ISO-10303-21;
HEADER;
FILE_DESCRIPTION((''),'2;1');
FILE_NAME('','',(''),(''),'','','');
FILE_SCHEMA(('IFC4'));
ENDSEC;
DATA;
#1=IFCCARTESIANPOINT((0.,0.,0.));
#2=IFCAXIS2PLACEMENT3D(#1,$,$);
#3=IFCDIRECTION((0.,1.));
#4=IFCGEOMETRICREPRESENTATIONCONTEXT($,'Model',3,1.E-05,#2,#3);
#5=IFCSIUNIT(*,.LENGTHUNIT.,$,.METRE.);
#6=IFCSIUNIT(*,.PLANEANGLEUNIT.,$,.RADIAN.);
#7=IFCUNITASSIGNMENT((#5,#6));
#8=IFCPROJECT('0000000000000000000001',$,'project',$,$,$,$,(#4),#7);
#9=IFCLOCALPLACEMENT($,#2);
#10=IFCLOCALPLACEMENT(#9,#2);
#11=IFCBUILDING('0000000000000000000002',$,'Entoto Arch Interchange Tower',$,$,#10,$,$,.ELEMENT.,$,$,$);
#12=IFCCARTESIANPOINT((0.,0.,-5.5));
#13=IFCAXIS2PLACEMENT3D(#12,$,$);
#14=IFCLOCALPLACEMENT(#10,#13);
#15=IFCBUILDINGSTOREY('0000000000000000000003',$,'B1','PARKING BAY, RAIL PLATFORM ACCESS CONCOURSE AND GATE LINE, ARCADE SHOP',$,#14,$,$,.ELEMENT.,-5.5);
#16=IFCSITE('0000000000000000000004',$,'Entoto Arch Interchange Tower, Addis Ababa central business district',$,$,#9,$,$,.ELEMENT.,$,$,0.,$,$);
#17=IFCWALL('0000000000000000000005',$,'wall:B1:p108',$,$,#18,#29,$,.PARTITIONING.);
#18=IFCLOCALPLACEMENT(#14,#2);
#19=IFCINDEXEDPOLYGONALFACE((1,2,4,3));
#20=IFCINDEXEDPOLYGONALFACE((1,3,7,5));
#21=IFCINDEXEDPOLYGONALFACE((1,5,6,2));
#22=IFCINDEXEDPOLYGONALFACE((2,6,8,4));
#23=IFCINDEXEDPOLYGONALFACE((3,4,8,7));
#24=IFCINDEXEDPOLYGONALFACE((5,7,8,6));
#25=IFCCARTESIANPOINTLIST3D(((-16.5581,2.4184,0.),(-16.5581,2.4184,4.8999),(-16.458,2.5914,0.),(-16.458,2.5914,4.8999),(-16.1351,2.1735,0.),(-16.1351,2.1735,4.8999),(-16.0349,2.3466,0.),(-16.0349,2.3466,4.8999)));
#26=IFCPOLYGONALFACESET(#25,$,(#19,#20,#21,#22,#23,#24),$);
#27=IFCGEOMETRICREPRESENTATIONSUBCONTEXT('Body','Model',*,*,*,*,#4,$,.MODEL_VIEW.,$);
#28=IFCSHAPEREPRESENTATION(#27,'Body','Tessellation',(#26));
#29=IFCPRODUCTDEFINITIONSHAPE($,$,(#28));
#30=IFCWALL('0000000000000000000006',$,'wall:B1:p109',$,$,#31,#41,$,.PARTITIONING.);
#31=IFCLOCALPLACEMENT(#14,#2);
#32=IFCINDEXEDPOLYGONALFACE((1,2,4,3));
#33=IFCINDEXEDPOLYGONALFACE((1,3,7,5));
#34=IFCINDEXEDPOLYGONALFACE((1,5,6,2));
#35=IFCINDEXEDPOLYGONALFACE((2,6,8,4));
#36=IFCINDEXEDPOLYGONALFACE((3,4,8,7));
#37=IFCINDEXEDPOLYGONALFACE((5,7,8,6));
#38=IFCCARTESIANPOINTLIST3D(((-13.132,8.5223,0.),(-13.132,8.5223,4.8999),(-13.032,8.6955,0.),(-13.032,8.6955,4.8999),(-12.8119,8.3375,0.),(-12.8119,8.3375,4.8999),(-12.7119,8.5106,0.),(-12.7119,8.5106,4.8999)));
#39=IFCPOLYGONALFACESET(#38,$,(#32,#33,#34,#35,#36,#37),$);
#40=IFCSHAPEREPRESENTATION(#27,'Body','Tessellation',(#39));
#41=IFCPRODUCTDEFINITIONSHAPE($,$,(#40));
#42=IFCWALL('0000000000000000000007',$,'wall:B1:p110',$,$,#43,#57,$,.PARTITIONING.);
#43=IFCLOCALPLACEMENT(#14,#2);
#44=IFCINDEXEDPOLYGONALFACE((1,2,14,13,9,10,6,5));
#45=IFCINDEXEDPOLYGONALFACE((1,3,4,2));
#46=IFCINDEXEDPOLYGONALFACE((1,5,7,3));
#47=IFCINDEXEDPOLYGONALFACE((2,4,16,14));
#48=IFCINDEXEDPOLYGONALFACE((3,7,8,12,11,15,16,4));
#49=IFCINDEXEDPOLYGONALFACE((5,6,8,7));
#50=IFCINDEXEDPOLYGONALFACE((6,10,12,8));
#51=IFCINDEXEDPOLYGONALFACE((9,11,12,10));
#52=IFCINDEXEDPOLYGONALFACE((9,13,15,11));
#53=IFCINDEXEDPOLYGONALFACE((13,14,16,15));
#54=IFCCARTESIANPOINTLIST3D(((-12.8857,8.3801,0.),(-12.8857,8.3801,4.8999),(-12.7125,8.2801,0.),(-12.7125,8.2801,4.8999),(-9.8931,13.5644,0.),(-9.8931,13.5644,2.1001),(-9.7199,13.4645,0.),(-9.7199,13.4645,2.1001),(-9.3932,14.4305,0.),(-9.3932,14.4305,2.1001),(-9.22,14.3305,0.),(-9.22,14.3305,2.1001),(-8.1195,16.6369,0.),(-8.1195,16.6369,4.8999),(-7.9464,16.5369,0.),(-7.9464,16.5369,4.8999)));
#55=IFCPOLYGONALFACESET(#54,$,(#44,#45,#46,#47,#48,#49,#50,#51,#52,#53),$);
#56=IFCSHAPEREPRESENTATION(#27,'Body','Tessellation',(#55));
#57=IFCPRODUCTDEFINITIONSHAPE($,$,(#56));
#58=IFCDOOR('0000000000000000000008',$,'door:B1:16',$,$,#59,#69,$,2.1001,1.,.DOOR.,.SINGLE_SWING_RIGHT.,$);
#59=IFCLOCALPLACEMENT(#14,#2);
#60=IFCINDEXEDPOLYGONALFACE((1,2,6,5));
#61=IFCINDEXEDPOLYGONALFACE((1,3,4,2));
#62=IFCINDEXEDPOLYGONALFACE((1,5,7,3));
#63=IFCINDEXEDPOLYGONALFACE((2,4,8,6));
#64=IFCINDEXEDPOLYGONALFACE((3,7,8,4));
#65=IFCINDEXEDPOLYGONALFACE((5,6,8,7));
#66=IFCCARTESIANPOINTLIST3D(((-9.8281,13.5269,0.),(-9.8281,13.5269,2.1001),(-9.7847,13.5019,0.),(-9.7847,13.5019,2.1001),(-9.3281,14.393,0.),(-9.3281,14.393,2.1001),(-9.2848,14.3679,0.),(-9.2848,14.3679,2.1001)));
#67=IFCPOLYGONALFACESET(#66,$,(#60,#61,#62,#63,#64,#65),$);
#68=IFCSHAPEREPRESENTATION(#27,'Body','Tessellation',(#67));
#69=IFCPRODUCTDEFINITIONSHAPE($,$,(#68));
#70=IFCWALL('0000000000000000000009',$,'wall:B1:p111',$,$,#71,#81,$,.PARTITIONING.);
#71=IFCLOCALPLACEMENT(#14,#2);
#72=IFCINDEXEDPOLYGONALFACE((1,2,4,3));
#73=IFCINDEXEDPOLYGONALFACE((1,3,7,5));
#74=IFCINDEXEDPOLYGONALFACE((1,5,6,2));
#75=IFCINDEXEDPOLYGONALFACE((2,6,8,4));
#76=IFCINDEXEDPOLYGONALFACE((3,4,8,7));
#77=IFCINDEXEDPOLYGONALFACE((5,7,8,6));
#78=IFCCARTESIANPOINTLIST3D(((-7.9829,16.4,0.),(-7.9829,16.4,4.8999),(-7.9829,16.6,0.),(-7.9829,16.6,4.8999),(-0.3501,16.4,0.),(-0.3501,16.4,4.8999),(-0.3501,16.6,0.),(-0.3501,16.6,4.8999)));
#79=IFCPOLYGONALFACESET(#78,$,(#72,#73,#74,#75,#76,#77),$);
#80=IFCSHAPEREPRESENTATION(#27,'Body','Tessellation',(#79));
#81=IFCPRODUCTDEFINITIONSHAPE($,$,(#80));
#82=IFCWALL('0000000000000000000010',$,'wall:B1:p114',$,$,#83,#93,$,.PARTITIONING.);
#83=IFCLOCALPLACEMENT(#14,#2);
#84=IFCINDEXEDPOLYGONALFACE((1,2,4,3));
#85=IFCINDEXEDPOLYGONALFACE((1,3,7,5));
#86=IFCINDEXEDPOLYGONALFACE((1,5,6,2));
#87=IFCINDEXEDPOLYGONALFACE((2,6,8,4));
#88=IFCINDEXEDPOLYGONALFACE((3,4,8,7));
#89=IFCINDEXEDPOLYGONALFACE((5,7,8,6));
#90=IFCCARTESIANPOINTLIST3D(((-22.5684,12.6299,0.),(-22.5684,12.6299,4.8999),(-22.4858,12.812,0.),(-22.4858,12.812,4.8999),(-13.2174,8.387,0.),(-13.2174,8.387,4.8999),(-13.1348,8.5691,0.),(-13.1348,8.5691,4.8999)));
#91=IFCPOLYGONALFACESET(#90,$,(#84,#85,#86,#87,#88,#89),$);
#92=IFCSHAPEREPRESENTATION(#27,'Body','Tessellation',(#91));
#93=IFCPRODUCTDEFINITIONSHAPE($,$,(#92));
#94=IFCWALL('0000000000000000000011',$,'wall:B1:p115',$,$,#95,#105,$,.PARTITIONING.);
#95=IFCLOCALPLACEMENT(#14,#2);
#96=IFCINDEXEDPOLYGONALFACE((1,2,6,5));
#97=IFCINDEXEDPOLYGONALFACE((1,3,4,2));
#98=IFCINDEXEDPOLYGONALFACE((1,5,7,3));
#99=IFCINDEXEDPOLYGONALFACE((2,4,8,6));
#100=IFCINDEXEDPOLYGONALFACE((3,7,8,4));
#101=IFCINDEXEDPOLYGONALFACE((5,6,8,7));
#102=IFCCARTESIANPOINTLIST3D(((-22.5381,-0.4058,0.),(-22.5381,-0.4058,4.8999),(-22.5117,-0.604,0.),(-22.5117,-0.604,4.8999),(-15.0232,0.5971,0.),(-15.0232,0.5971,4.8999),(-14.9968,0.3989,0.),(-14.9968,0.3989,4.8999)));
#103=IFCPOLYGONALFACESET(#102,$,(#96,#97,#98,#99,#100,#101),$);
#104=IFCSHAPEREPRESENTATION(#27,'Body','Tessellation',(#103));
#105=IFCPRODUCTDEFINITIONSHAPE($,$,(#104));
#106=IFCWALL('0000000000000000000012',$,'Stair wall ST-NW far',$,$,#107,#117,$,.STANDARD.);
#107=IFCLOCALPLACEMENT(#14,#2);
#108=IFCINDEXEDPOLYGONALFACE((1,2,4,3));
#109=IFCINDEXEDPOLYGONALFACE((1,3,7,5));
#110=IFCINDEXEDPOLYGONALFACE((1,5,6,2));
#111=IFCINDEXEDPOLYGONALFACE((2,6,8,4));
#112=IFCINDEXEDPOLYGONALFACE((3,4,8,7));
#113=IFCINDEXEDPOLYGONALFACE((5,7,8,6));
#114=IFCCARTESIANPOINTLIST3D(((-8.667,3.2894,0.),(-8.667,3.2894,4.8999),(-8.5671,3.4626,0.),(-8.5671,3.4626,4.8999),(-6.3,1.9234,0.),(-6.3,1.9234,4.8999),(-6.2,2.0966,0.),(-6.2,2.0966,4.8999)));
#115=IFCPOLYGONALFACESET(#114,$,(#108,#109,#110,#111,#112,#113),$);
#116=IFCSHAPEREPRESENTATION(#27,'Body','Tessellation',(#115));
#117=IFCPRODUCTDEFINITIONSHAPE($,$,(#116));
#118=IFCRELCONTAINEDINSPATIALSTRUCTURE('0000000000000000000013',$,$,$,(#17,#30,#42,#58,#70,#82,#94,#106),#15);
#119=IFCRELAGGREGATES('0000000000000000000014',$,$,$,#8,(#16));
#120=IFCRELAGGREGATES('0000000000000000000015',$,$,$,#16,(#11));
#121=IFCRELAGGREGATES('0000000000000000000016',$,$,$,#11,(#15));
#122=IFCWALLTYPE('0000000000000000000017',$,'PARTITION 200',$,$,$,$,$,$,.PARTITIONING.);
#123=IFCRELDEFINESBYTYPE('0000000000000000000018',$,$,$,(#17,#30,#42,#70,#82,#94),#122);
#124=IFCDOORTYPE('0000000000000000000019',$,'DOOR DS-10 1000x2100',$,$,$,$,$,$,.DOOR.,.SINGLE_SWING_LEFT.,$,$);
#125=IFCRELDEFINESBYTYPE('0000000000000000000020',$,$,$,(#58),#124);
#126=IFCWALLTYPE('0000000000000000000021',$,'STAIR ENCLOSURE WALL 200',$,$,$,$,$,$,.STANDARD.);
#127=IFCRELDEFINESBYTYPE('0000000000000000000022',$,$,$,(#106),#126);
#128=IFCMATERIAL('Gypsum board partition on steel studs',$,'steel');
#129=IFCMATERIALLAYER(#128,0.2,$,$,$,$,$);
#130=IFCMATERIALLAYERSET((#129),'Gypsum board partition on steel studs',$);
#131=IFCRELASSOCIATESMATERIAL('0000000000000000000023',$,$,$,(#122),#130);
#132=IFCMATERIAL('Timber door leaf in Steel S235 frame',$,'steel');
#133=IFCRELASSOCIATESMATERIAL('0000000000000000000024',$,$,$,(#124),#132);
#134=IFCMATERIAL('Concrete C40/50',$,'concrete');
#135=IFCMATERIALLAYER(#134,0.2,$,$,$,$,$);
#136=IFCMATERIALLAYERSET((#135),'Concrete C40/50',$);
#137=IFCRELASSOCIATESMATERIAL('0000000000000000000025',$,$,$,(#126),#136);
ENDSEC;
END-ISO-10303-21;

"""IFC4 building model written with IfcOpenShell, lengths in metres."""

from ifc_helpers import new_model, si_unit, direction, frame, frame_2d, origin, place, context, subcontext, project, spatial, rectangle, extrude, material, layer, layer_set, type_object, element, fill, save


model = new_model("IFC4")

# Units and contexts
model_context = context("Model", 3, precision=1e-05, world=origin(), true_north=direction((0.0, 1.0)))
body_context = subcontext(model_context, "Body", "Model", "MODEL_VIEW")
ifc_project = project(units=[si_unit("LENGTHUNIT", "METRE"), si_unit("PLANEANGLEUNIT", "RADIAN")], contexts=[model_context])

# Site, building, storey
site_placement = place(None, origin())
site = spatial("IfcSite", under=ifc_project, at=site_placement, Name="Entoto Arch Interchange Tower, Addis Ababa central business district", CompositionType="ELEMENT", RefElevation=0.0)
building_placement = place(site_placement, origin())
building = spatial("IfcBuilding", under=site, at=building_placement, Name="Entoto Arch Interchange Tower", CompositionType="ELEMENT")
storey_placement = place(building_placement, frame((0.0, 0.0, -5.5)))
storey = spatial("IfcBuildingStorey", under=building, at=storey_placement, Name="B1", Description="PARKING BAY, RAIL PLATFORM ACCESS CONCOURSE AND GATE LINE, ARCADE SHOP", CompositionType="ELEMENT", Elevation=-5.5)

# Shared definitions
ifc_material_1 = material(Name="Concrete C40/50", Category="concrete")

# Shared definitions
ifc_material_2 = material(Name="Gypsum board partition on steel studs", Category="steel")

# Shared definitions
ifc_layer_1 = layer(ifc_material_2, 0.2)
ifc_layer_set_1 = layer_set([ifc_layer_1], Name="Gypsum board partition on steel studs")
wall_type_1 = type_object("IfcWallType", Name="PARTITION 200", PredefinedType="PARTITIONING", material=ifc_layer_set_1)

# Walls
wall_1_placement = place(storey_placement, frame((-16.5081, 2.5049, 0.0), z_axis=(0.0, 0.0, 1.0), x_axis=(0.865495, -0.500918, 0.0)))
element("IfcWall", 1, at=wall_1_placement, inside=storey, type_object=wall_type_1, Name="wall:B1:p108", PredefinedType="PARTITIONING", context=body_context, shape_type="SweptSolid", body=[
    extrude(rectangle(XDim=0.4888, YDim=0.2, at=frame_2d((0.2444, 0.0))), origin(), (0.0, 0.0, 1.0), 4.8999),
])
wall_2_placement = place(storey_placement, frame((-13.082, 8.6089, 0.0), z_axis=(0.0, 0.0, 1.0), x_axis=(0.865999, -0.500046, 0.0)))
element("IfcWall", 2, at=wall_2_placement, inside=storey, type_object=wall_type_1, Name="wall:B1:p109", PredefinedType="PARTITIONING", context=body_context, shape_type="SweptSolid", body=[
    extrude(rectangle(XDim=0.3696, YDim=0.2, at=frame_2d((0.1848, 0.0))), origin(), (0.0, 0.0, 1.0), 4.8999),
])

# Wall, opening, door
wall_3_placement = place(storey_placement, frame((-12.7991, 8.3301, 0.0), z_axis=(0.0, 0.0, 1.0), x_axis=(0.499923, 0.86607, 0.0)))
wall_3 = element("IfcWall", 3, at=wall_3_placement, inside=storey, type_object=wall_type_1, Name="wall:B1:p110", PredefinedType="PARTITIONING", context=body_context, shape_type="SweptSolid", body=[
    extrude(rectangle(XDim=9.5337, YDim=0.2, at=frame_2d((4.7668, 0.0))), origin(), (0.0, 0.0, 1.0), 4.8999),
])
opening_1_placement = place(wall_3_placement, frame((5.9861, 0.0, 0.0)))
opening_1 = element("IfcOpeningElement", 4, at=opening_1_placement, cuts=wall_3, PredefinedType="OPENING", context=body_context, shape_type="SweptSolid", body=[
    extrude(rectangle(XDim=1.0, YDim=2.1001, at=frame_2d((0.5, 1.05))), frame((0.0, 0.1099, 0.0), z_axis=(0.0, -1.0, 0.0), x_axis=(1.0, 0.0, 0.0)), (0.0, 0.0, 1.0), 0.22),
])
ifc_material_3 = material(Name="Timber door leaf in Steel S235 frame", Category="steel")
door_type_1 = type_object("IfcDoorType", Name="DOOR DS-10 1000x2100", OperationType="SINGLE_SWING_LEFT", PredefinedType="DOOR", material=ifc_material_3)
door_1_placement = place(opening_1_placement, origin())
door_1 = element("IfcDoor", 5, at=door_1_placement, inside=storey, type_object=door_type_1, Name="door:B1:16", OperationType="SINGLE_SWING_RIGHT", OverallHeight=2.1001, OverallWidth=1.0, PredefinedType="DOOR", context=body_context, shape_type="SweptSolid", body=[
    extrude(rectangle(XDim=1.0, YDim=2.1001, at=frame_2d((0.5, 1.05))), frame((0.0, 0.0249, 0.0), z_axis=(0.0, -1.0, 0.0), x_axis=(1.0, 0.0, 0.0)), (0.0, 0.0, 1.0), 0.05),
])
fill(opening_1, door_1)

# Walls
wall_4_placement = place(storey_placement, frame((-7.9829, 16.5, 0.0), z_axis=(0.0, 0.0, 1.0), x_axis=(1.0, 0.0, 0.0)))
element("IfcWall", 6, at=wall_4_placement, inside=storey, type_object=wall_type_1, Name="wall:B1:p111", PredefinedType="PARTITIONING", context=body_context, shape_type="SweptSolid", body=[
    extrude(rectangle(XDim=7.6328, YDim=0.2, at=frame_2d((3.8164, 0.0))), origin(), (0.0, 0.0, 1.0), 4.8999),
])
wall_5_placement = place(storey_placement, frame((-22.5271, 12.7209, 0.0), z_axis=(0.0, 0.0, 1.0), x_axis=(0.910644, -0.413192, 0.0)))
element("IfcWall", 7, at=wall_5_placement, inside=storey, type_object=wall_type_1, Name="wall:B1:p114", PredefinedType="PARTITIONING", context=body_context, shape_type="SweptSolid", body=[
    extrude(rectangle(XDim=10.2686, YDim=0.2, at=frame_2d((5.1343, 0.0))), origin(), (0.0, 0.0, 1.0), 4.8999),
])
wall_6_placement = place(storey_placement, frame((-15.01, 0.498, 0.0), z_axis=(0.0, 0.0, 1.0), x_axis=(-0.991212, -0.132286, 0.0)))
element("IfcWall", 8, at=wall_6_placement, inside=storey, type_object=wall_type_1, Name="wall:B1:p115", PredefinedType="PARTITIONING", context=body_context, shape_type="SweptSolid", body=[
    extrude(rectangle(XDim=7.5815, YDim=0.2, at=frame_2d((3.7908, 0.0))), origin(), (0.0, 0.0, 1.0), 4.8999),
])
ifc_layer_2 = layer(ifc_material_1, 0.2)
ifc_layer_set_2 = layer_set([ifc_layer_2], Name="Concrete C40/50")
wall_type_2 = type_object("IfcWallType", Name="STAIR ENCLOSURE WALL 200", PredefinedType="STANDARD", material=ifc_layer_set_2)
wall_7_placement = place(storey_placement, frame((-6.25, 2.01, 0.0), z_axis=(0.0, 0.0, 1.0), x_axis=(-0.866119, 0.499838, 0.0)))
element("IfcWall", 9, at=wall_7_placement, inside=storey, type_object=wall_type_2, Name="Stair wall ST-NW far", PredefinedType="STANDARD", context=body_context, shape_type="SweptSolid", body=[
    extrude(rectangle(XDim=2.7329, YDim=0.2, at=frame_2d((1.3665, 0.0))), origin(), (0.0, 0.0, 1.0), 4.8999),
])

save(model, "model.ifc")
